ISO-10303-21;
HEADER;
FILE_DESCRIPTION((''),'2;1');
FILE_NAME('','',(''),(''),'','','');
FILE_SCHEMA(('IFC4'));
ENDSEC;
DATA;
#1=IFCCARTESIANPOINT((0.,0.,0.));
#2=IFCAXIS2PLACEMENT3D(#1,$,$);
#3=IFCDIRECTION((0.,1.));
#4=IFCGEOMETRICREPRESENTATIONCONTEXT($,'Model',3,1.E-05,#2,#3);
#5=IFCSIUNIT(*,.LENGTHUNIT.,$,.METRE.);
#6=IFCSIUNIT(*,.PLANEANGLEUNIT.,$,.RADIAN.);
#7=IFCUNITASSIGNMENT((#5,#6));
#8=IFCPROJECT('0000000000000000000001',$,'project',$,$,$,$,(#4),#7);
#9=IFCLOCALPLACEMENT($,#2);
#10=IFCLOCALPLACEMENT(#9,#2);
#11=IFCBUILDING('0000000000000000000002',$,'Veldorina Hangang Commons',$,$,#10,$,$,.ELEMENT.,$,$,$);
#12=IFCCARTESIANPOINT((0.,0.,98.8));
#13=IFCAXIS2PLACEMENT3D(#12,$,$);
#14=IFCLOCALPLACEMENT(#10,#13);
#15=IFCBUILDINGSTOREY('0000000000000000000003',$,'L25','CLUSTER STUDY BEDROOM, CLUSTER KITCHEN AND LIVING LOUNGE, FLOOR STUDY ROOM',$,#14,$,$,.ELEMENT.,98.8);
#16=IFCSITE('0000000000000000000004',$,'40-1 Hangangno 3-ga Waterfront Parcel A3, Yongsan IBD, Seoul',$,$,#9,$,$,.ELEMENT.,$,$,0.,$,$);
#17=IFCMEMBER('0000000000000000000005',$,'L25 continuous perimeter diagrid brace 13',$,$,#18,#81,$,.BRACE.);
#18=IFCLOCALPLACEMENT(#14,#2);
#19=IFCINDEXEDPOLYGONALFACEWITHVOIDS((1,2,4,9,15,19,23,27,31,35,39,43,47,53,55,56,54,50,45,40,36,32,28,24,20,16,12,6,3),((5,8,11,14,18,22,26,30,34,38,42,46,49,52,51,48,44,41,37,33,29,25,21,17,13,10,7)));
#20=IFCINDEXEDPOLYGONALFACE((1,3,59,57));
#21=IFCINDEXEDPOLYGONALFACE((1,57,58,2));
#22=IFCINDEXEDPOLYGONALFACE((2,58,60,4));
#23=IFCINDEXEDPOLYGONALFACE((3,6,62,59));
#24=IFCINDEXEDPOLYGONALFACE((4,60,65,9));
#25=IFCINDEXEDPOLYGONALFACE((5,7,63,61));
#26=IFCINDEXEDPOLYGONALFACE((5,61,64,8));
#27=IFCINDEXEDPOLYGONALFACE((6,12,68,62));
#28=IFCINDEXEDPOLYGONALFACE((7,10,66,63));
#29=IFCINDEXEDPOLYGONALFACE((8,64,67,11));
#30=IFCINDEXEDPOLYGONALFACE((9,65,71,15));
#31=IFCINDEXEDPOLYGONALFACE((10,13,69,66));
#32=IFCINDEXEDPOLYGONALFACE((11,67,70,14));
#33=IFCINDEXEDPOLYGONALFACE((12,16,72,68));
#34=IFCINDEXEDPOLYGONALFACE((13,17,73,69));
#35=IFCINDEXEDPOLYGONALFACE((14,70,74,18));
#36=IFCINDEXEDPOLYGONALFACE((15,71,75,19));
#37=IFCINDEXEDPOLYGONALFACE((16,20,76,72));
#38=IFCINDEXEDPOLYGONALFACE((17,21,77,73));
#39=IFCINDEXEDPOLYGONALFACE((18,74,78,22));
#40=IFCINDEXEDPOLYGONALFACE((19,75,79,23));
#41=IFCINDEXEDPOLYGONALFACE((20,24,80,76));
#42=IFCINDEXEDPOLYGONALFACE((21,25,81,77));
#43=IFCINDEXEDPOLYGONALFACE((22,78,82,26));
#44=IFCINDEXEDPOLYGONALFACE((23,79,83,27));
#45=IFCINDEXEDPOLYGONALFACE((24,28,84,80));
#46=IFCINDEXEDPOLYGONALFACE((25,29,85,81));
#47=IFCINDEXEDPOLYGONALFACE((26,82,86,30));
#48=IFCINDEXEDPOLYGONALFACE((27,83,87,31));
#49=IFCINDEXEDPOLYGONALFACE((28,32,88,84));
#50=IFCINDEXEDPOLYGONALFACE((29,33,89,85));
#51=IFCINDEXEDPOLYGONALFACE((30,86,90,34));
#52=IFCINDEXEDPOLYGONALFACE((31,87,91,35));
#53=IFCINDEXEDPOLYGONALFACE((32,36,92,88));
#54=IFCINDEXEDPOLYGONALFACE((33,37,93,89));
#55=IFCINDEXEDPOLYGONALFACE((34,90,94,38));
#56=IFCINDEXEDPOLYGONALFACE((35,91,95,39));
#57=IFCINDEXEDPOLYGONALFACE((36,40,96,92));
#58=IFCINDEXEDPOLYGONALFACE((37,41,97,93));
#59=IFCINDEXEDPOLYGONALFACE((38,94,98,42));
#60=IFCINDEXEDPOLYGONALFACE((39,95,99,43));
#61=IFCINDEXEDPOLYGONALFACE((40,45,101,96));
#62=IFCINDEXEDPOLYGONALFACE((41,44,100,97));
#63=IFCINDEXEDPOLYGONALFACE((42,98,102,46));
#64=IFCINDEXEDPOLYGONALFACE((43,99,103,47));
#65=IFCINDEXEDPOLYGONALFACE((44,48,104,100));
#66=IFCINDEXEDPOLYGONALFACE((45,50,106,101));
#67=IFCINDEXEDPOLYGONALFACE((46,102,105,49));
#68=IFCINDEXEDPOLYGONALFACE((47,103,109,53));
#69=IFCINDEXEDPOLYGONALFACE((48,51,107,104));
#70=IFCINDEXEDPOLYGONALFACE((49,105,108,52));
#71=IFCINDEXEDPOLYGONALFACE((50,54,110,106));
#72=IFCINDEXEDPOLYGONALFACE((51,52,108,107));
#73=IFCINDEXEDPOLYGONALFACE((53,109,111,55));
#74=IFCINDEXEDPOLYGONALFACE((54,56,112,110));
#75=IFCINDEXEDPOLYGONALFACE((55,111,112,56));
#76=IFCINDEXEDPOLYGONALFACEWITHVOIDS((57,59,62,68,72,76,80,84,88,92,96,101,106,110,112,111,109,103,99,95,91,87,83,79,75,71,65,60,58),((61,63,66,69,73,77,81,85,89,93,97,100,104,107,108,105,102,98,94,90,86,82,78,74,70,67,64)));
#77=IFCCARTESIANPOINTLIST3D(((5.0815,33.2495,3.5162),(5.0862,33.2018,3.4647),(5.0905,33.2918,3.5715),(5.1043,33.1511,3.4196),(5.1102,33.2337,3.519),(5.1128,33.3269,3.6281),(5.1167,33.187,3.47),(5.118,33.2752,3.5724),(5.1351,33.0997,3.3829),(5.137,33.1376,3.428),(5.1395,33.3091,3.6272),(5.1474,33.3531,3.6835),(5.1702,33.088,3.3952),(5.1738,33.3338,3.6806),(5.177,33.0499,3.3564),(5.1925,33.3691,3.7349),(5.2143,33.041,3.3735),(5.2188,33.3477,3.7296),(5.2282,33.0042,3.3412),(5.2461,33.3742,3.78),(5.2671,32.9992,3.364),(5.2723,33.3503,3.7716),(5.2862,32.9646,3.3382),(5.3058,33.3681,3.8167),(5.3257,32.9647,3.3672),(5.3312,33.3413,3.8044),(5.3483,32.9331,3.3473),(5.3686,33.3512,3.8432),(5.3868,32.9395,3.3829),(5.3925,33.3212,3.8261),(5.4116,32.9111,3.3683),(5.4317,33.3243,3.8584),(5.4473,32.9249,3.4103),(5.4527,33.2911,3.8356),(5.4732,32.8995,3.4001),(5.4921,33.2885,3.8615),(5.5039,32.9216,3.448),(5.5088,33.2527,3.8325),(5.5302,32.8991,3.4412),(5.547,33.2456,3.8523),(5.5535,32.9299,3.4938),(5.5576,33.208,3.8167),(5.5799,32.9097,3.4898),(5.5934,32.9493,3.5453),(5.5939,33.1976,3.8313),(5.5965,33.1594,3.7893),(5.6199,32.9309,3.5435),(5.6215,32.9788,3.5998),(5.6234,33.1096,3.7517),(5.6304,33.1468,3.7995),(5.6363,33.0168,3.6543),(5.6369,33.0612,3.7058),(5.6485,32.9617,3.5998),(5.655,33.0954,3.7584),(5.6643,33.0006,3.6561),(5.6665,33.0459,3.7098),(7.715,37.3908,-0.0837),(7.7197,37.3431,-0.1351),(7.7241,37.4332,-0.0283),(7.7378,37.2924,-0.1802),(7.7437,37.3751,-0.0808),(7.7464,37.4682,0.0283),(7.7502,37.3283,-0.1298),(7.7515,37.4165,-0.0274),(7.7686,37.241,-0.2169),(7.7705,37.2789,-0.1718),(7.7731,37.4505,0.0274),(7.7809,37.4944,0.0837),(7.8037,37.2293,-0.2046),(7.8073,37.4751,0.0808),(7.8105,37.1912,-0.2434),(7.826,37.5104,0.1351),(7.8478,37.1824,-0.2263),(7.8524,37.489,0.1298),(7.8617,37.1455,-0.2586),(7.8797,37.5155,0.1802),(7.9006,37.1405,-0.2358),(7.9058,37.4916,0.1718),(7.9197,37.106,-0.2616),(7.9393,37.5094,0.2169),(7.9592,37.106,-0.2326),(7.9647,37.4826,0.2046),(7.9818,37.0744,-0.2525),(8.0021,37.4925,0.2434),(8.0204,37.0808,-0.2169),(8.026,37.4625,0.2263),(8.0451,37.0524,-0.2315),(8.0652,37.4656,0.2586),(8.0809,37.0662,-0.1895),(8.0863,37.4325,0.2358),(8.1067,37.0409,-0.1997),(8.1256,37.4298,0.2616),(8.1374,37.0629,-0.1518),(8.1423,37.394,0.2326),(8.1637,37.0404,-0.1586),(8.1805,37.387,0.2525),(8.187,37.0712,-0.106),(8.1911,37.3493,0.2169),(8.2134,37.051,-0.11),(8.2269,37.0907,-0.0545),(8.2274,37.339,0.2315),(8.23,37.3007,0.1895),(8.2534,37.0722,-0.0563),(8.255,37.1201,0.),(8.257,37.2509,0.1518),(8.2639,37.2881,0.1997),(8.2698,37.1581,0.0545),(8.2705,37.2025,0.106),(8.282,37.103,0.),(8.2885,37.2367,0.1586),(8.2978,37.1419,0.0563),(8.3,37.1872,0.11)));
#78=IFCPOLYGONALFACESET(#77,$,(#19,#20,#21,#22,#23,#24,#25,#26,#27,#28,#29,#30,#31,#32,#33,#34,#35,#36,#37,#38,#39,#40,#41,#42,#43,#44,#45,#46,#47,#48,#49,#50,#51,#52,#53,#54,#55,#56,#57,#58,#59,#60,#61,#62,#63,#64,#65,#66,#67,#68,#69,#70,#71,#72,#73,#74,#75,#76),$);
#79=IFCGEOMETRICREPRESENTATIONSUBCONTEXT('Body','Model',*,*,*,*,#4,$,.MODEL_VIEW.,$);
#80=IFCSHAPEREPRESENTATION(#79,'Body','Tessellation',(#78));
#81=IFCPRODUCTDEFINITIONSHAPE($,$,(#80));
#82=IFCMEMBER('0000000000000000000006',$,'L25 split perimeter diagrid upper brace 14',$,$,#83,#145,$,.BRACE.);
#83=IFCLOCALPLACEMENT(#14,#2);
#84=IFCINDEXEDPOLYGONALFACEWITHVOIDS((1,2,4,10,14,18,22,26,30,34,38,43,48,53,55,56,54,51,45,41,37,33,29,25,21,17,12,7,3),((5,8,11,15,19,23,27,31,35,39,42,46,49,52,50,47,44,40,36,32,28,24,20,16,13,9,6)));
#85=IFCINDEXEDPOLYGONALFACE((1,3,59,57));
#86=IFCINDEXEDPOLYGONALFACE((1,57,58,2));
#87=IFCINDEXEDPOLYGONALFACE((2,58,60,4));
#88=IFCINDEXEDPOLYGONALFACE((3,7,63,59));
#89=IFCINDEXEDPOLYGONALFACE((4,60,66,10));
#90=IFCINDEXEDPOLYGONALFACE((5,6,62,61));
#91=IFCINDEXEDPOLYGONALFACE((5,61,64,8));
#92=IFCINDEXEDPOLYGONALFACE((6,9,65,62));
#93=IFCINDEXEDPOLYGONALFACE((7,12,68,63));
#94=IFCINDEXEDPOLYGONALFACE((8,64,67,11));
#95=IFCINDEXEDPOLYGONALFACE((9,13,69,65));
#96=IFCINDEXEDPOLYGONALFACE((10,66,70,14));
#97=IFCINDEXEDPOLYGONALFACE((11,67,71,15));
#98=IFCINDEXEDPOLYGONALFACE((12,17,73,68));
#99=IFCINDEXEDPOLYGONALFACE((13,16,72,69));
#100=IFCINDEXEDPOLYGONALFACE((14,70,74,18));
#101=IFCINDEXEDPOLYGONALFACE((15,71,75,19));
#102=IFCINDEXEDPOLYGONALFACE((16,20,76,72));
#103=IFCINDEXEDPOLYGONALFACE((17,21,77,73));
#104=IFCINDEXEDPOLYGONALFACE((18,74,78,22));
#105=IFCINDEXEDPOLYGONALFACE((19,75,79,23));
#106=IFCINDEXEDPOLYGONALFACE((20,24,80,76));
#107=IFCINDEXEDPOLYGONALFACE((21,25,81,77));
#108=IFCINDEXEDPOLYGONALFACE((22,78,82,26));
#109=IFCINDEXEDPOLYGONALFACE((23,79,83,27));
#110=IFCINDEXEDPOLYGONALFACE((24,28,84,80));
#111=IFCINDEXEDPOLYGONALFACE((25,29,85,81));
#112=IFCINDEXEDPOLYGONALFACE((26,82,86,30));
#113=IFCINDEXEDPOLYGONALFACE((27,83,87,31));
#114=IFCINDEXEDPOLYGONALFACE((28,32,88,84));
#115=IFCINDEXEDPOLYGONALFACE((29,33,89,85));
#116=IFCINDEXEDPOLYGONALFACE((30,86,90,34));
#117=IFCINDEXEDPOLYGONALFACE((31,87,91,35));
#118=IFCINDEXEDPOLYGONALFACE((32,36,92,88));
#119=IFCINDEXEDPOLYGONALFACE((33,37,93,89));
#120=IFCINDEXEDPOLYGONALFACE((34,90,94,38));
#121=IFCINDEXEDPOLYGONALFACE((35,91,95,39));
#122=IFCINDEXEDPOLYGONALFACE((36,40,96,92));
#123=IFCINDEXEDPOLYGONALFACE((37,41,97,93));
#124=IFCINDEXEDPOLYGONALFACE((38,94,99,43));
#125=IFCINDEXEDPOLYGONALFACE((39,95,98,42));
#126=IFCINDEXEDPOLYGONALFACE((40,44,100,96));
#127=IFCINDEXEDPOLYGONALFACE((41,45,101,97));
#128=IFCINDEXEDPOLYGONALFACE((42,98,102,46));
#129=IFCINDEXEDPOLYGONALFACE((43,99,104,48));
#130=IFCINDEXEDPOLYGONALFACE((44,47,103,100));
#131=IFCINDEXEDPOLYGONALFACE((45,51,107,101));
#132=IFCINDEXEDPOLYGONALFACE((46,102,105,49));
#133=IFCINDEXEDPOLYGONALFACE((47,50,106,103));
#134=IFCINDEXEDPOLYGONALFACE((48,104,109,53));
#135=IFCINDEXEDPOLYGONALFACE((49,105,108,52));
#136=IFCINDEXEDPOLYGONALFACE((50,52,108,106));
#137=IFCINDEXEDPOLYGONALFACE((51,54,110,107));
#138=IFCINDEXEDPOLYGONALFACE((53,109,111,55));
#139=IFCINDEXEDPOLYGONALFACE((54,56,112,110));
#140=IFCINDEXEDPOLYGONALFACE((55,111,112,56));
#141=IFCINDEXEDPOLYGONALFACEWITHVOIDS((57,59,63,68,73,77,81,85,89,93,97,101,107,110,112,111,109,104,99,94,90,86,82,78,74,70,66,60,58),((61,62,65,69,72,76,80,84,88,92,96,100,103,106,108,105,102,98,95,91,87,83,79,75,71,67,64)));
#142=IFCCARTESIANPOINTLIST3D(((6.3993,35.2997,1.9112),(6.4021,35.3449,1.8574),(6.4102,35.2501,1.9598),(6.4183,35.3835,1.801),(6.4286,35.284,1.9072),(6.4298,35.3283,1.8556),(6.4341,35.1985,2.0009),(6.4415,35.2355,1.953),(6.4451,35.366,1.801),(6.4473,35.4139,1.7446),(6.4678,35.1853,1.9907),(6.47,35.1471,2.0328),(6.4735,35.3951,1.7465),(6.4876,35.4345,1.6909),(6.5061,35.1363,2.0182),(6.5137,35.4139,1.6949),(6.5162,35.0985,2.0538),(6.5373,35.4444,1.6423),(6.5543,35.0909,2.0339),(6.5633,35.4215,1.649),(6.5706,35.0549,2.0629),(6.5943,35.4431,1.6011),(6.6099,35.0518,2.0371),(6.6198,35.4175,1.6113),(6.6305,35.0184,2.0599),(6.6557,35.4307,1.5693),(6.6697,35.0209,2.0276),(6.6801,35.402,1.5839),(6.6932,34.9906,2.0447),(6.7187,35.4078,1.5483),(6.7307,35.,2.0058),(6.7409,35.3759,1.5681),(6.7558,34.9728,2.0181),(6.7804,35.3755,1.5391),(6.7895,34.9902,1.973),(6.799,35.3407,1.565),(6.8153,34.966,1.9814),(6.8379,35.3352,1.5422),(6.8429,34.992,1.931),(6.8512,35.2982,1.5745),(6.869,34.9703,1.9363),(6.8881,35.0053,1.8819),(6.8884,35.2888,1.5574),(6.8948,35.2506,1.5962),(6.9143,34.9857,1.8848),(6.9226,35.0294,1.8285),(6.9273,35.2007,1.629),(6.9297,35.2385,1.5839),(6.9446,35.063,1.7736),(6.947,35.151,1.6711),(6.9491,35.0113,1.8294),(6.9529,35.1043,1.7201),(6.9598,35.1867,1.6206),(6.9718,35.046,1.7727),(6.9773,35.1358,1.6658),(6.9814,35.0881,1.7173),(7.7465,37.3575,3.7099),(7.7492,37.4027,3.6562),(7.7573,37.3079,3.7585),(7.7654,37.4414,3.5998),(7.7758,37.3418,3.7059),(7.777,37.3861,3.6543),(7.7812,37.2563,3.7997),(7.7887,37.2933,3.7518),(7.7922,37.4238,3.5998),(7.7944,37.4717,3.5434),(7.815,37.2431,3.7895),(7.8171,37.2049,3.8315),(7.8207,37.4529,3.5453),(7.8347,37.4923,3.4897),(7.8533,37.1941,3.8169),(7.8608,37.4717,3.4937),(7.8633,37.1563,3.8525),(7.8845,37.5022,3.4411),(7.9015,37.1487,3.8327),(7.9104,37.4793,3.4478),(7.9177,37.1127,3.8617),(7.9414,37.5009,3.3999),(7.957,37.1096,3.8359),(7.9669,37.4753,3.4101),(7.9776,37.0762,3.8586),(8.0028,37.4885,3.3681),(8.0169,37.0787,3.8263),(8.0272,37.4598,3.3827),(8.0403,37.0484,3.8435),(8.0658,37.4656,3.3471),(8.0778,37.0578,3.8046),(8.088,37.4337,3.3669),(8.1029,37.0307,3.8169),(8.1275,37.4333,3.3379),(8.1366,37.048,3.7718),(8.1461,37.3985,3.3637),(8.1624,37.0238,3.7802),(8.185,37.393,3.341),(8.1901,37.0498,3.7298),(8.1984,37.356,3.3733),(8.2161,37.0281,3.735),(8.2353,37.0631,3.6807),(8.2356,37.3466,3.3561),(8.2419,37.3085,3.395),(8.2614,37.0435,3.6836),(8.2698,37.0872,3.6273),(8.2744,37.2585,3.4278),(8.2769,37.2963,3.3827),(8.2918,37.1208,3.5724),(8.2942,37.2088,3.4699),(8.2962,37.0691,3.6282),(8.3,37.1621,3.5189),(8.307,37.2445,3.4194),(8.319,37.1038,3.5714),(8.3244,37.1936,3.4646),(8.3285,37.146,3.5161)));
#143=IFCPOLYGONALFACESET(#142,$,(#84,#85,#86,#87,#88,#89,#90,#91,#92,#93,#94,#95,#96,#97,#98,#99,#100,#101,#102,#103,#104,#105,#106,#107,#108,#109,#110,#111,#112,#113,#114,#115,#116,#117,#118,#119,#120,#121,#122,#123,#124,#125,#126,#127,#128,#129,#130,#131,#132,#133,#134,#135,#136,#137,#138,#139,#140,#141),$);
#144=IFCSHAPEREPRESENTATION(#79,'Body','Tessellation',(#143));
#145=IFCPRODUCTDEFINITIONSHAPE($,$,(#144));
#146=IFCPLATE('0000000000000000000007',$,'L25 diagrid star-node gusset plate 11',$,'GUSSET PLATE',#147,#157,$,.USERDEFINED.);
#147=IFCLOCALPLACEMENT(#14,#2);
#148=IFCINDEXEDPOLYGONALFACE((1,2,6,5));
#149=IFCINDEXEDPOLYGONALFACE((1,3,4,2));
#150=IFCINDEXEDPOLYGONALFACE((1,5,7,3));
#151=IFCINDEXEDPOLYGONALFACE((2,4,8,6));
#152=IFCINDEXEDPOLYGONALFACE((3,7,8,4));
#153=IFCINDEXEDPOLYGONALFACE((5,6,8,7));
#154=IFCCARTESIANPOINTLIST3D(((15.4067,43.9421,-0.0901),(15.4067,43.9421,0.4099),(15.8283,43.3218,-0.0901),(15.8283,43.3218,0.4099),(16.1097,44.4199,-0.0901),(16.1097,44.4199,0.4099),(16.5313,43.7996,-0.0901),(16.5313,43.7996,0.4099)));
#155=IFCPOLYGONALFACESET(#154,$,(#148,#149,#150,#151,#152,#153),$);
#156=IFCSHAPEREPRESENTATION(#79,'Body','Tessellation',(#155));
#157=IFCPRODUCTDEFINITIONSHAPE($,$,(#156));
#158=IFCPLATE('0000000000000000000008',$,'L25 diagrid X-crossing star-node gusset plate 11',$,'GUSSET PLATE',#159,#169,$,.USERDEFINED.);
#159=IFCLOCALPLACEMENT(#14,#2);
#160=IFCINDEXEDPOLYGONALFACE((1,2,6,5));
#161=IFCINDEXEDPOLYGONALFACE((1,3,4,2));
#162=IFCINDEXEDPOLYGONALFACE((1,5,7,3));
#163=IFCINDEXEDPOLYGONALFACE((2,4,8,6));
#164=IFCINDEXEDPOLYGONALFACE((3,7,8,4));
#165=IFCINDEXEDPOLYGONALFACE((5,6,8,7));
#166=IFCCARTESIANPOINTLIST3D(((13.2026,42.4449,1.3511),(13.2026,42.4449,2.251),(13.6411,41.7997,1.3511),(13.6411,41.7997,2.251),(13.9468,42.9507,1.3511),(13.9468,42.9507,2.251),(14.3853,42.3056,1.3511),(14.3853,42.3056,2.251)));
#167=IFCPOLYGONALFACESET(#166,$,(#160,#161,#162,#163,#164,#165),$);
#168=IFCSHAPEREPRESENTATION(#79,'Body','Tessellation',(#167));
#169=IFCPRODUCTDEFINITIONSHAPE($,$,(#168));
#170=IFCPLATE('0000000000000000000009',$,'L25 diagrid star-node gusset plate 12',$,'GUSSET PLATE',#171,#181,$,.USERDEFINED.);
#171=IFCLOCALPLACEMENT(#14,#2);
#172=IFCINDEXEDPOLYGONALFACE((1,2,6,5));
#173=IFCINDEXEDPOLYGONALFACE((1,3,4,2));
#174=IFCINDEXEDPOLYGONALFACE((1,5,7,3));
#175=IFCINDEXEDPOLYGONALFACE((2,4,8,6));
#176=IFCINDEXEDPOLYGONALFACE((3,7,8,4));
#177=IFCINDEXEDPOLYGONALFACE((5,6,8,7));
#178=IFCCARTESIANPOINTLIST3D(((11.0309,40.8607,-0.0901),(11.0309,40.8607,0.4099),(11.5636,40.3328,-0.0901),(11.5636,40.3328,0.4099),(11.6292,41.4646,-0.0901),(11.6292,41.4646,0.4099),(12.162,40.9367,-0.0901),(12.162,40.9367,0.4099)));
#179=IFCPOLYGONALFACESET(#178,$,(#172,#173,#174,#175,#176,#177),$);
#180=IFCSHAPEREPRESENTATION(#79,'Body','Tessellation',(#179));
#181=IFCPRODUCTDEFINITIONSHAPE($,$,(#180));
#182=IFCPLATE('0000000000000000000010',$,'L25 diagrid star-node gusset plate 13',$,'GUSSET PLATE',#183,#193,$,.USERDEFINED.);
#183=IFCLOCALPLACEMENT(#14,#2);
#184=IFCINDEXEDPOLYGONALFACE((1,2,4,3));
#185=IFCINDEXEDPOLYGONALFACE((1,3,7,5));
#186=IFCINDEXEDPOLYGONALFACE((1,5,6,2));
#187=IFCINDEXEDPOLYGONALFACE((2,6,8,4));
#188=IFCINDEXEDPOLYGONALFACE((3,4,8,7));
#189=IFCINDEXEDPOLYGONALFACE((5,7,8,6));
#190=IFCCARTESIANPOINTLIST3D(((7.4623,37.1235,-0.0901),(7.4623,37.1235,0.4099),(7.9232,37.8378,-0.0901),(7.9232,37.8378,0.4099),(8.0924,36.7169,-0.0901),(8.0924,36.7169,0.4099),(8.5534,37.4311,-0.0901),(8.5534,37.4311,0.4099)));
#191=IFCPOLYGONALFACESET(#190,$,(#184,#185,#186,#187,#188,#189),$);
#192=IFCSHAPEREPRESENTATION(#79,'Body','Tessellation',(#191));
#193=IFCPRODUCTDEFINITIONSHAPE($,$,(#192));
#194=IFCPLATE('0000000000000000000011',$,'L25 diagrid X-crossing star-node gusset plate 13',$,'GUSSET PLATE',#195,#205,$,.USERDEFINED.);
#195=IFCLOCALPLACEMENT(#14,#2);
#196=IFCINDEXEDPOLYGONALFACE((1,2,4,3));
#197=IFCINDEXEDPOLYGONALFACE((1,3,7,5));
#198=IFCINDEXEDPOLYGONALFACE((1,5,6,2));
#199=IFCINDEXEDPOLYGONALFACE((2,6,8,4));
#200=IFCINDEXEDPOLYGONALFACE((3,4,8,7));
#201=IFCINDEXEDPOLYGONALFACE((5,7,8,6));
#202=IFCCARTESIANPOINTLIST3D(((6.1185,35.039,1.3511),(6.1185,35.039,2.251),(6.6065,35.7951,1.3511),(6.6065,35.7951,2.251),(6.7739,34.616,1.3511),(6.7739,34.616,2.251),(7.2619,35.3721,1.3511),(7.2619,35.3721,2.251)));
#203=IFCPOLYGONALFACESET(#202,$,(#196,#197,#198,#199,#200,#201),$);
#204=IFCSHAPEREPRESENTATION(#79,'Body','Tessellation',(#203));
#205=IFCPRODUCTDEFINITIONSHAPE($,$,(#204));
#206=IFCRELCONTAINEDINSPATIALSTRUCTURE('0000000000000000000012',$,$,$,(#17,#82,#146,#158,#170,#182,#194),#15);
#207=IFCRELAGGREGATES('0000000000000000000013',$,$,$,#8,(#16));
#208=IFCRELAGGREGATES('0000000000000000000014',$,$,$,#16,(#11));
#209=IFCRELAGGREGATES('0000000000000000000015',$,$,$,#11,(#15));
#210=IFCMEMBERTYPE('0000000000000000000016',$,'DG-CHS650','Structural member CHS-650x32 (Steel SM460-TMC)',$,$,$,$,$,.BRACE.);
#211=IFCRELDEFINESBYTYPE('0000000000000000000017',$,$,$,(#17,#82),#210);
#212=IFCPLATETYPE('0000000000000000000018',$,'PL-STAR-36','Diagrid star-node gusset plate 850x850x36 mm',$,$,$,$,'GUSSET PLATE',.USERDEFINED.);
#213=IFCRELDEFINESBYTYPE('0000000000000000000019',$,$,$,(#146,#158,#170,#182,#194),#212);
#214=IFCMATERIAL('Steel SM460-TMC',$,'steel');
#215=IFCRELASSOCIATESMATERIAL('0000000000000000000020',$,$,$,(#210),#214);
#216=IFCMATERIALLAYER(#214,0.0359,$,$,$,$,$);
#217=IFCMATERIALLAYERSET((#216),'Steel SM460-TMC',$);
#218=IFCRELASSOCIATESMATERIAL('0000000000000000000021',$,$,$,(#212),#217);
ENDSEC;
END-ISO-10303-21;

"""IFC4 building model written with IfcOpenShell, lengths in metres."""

from ifc_helpers import new_model, si_unit, direction, frame, origin, origin_2d, place, context, subcontext, project, spatial, rectangle, hollow_circle, extrude, material, layer, layer_set, material_profile, profile_set, type_object, element, save


model = new_model("IFC4")

# Units and contexts
model_context = context("Model", 3, precision=1e-05, world=origin(), true_north=direction((0.0, 1.0)))
body_context = subcontext(model_context, "Body", "Model", "MODEL_VIEW")
ifc_project = project(units=[si_unit("LENGTHUNIT", "METRE"), si_unit("PLANEANGLEUNIT", "RADIAN")], contexts=[model_context])

# Site, building, storey
site_placement = place(None, origin())
site = spatial("IfcSite", under=ifc_project, at=site_placement, Name="40-1 Hangangno 3-ga Waterfront Parcel A3, Yongsan IBD, Seoul", CompositionType="ELEMENT", RefElevation=0.0)
building_placement = place(site_placement, origin())
building = spatial("IfcBuilding", under=site, at=building_placement, Name="Veldorina Hangang Commons", CompositionType="ELEMENT")
storey_placement = place(building_placement, frame((0.0, 0.0, 98.8)))
storey = spatial("IfcBuildingStorey", under=building, at=storey_placement, Name="L25", Description="CLUSTER STUDY BEDROOM, CLUSTER KITCHEN AND LIVING LOUNGE, FLOOR STUDY ROOM", CompositionType="ELEMENT", Elevation=98.8)

# Members
ifc_material_1 = material(Name="Steel SM460-TMC", Category="steel")
ifc_material_profile_1 = material_profile(ifc_material_1, hollow_circle(Radius=0.325, WallThickness=0.032, at=origin_2d()), Name="CHS-650x32")
ifc_profile_set_1 = profile_set([ifc_material_profile_1], Name="Steel SM460-TMC")
member_type = type_object("IfcMemberType", Name="DG-CHS650", Description="Structural member CHS-650x32 (Steel SM460-TMC)", PredefinedType="BRACE", material=ifc_profile_set_1)
member_1_placement = place(storey_placement, frame((8.0078, 37.2773, 0.0), z_axis=(-0.432687, -0.680418, 0.59145), x_axis=(0.843834, -0.536605, 0.0)))
element("IfcMember", 1, at=member_1_placement, inside=storey, type_object=member_type, Name="L25 continuous perimeter diagrid brace 13", PredefinedType="BRACE", context=body_context, shape_type="SweptSolid", body=[
    extrude(hollow_circle(Radius=0.325, WallThickness=0.032, at=origin_2d()), origin(), (0.0, 0.0, 1.0), 6.0864),
])
member_2_placement = place(storey_placement, frame((6.6902, 35.2056, 1.801), z_axis=(0.4421, 0.675328, 0.590321), x_axis=(-0.836663, 0.547717, 0.0)))
element("IfcMember", 2, at=member_2_placement, inside=storey, type_object=member_type, Name="L25 split perimeter diagrid upper brace 14", PredefinedType="BRACE", context=body_context, shape_type="SweptSolid", body=[
    extrude(hollow_circle(Radius=0.325, WallThickness=0.032, at=origin_2d()), origin(), (0.0, 0.0, 1.0), 3.0471),
])

# Plates
ifc_layer_1 = layer(ifc_material_1, 0.0359)
ifc_layer_set_1 = layer_set([ifc_layer_1], Name="Steel SM460-TMC")
plate_type = type_object("IfcPlateType", Name="PL-STAR-36", Description="Diagrid star-node gusset plate 850x850x36 mm", ElementType="GUSSET PLATE", PredefinedType="USERDEFINED", material=ifc_layer_set_1)
plate_1_placement = place(storey_placement, frame((15.969, 43.8708, -0.0901), z_axis=(0.0, 0.0, 1.0), x_axis=(-0.827041, -0.562141, 0.0)))
element("IfcPlate", 3, at=plate_1_placement, inside=storey, type_object=plate_type, Name="L25 diagrid star-node gusset plate 11", ObjectType="GUSSET PLATE", PredefinedType="USERDEFINED", context=body_context, shape_type="SweptSolid", body=[
    extrude(rectangle(XDim=0.8501, YDim=0.75, at=origin_2d()), origin(), (0.0, 0.0, 1.0), 0.5),
])
plate_2_placement = place(storey_placement, frame((13.7939, 42.3752, 1.3511), z_axis=(0.0, 0.0, 1.0), x_axis=(-0.827041, -0.562141, 0.0)))
element("IfcPlate", 4, at=plate_2_placement, inside=storey, type_object=plate_type, Name="L25 diagrid X-crossing star-node gusset plate 11", ObjectType="GUSSET PLATE", PredefinedType="USERDEFINED", context=body_context, shape_type="SweptSolid", body=[
    extrude(rectangle(XDim=0.8999, YDim=0.78, at=origin_2d()), origin(), (0.0, 0.0, 1.0), 0.8999),
])
for number, where, z_axis, x_axis, name in (
    (5, (11.5964, 40.8987, -0.0901), (0.0, 0.0, 1.0), (-0.703866, -0.710333, 0.0), "L25 diagrid star-node gusset plate 12"),
    (6, (8.0078, 37.2773, -0.0901), (0.0, 0.0, 1.0), (-0.542236, -0.840226, 0.0), "L25 diagrid star-node gusset plate 13"),
):
    element("IfcPlate", number, at=place(storey_placement, frame(where, z_axis=z_axis, x_axis=x_axis)), inside=storey, type_object=plate_type, Name=name, ObjectType="GUSSET PLATE", PredefinedType="USERDEFINED", context=body_context, shape_type="SweptSolid", body=[
        extrude(rectangle(XDim=0.8501, YDim=0.75, at=origin_2d()), origin(), (0.0, 0.0, 1.0), 0.5),
    ])
plate_3_placement = place(storey_placement, frame((6.6902, 35.2056, 1.3511), z_axis=(0.0, 0.0, 1.0), x_axis=(-0.542236, -0.840226, 0.0)))
element("IfcPlate", 7, at=plate_3_placement, inside=storey, type_object=plate_type, Name="L25 diagrid X-crossing star-node gusset plate 13", ObjectType="GUSSET PLATE", PredefinedType="USERDEFINED", context=body_context, shape_type="SweptSolid", body=[
    extrude(rectangle(XDim=0.8999, YDim=0.78, at=origin_2d()), origin(), (0.0, 0.0, 1.0), 0.8999),
])

save(model, "model.ifc")
